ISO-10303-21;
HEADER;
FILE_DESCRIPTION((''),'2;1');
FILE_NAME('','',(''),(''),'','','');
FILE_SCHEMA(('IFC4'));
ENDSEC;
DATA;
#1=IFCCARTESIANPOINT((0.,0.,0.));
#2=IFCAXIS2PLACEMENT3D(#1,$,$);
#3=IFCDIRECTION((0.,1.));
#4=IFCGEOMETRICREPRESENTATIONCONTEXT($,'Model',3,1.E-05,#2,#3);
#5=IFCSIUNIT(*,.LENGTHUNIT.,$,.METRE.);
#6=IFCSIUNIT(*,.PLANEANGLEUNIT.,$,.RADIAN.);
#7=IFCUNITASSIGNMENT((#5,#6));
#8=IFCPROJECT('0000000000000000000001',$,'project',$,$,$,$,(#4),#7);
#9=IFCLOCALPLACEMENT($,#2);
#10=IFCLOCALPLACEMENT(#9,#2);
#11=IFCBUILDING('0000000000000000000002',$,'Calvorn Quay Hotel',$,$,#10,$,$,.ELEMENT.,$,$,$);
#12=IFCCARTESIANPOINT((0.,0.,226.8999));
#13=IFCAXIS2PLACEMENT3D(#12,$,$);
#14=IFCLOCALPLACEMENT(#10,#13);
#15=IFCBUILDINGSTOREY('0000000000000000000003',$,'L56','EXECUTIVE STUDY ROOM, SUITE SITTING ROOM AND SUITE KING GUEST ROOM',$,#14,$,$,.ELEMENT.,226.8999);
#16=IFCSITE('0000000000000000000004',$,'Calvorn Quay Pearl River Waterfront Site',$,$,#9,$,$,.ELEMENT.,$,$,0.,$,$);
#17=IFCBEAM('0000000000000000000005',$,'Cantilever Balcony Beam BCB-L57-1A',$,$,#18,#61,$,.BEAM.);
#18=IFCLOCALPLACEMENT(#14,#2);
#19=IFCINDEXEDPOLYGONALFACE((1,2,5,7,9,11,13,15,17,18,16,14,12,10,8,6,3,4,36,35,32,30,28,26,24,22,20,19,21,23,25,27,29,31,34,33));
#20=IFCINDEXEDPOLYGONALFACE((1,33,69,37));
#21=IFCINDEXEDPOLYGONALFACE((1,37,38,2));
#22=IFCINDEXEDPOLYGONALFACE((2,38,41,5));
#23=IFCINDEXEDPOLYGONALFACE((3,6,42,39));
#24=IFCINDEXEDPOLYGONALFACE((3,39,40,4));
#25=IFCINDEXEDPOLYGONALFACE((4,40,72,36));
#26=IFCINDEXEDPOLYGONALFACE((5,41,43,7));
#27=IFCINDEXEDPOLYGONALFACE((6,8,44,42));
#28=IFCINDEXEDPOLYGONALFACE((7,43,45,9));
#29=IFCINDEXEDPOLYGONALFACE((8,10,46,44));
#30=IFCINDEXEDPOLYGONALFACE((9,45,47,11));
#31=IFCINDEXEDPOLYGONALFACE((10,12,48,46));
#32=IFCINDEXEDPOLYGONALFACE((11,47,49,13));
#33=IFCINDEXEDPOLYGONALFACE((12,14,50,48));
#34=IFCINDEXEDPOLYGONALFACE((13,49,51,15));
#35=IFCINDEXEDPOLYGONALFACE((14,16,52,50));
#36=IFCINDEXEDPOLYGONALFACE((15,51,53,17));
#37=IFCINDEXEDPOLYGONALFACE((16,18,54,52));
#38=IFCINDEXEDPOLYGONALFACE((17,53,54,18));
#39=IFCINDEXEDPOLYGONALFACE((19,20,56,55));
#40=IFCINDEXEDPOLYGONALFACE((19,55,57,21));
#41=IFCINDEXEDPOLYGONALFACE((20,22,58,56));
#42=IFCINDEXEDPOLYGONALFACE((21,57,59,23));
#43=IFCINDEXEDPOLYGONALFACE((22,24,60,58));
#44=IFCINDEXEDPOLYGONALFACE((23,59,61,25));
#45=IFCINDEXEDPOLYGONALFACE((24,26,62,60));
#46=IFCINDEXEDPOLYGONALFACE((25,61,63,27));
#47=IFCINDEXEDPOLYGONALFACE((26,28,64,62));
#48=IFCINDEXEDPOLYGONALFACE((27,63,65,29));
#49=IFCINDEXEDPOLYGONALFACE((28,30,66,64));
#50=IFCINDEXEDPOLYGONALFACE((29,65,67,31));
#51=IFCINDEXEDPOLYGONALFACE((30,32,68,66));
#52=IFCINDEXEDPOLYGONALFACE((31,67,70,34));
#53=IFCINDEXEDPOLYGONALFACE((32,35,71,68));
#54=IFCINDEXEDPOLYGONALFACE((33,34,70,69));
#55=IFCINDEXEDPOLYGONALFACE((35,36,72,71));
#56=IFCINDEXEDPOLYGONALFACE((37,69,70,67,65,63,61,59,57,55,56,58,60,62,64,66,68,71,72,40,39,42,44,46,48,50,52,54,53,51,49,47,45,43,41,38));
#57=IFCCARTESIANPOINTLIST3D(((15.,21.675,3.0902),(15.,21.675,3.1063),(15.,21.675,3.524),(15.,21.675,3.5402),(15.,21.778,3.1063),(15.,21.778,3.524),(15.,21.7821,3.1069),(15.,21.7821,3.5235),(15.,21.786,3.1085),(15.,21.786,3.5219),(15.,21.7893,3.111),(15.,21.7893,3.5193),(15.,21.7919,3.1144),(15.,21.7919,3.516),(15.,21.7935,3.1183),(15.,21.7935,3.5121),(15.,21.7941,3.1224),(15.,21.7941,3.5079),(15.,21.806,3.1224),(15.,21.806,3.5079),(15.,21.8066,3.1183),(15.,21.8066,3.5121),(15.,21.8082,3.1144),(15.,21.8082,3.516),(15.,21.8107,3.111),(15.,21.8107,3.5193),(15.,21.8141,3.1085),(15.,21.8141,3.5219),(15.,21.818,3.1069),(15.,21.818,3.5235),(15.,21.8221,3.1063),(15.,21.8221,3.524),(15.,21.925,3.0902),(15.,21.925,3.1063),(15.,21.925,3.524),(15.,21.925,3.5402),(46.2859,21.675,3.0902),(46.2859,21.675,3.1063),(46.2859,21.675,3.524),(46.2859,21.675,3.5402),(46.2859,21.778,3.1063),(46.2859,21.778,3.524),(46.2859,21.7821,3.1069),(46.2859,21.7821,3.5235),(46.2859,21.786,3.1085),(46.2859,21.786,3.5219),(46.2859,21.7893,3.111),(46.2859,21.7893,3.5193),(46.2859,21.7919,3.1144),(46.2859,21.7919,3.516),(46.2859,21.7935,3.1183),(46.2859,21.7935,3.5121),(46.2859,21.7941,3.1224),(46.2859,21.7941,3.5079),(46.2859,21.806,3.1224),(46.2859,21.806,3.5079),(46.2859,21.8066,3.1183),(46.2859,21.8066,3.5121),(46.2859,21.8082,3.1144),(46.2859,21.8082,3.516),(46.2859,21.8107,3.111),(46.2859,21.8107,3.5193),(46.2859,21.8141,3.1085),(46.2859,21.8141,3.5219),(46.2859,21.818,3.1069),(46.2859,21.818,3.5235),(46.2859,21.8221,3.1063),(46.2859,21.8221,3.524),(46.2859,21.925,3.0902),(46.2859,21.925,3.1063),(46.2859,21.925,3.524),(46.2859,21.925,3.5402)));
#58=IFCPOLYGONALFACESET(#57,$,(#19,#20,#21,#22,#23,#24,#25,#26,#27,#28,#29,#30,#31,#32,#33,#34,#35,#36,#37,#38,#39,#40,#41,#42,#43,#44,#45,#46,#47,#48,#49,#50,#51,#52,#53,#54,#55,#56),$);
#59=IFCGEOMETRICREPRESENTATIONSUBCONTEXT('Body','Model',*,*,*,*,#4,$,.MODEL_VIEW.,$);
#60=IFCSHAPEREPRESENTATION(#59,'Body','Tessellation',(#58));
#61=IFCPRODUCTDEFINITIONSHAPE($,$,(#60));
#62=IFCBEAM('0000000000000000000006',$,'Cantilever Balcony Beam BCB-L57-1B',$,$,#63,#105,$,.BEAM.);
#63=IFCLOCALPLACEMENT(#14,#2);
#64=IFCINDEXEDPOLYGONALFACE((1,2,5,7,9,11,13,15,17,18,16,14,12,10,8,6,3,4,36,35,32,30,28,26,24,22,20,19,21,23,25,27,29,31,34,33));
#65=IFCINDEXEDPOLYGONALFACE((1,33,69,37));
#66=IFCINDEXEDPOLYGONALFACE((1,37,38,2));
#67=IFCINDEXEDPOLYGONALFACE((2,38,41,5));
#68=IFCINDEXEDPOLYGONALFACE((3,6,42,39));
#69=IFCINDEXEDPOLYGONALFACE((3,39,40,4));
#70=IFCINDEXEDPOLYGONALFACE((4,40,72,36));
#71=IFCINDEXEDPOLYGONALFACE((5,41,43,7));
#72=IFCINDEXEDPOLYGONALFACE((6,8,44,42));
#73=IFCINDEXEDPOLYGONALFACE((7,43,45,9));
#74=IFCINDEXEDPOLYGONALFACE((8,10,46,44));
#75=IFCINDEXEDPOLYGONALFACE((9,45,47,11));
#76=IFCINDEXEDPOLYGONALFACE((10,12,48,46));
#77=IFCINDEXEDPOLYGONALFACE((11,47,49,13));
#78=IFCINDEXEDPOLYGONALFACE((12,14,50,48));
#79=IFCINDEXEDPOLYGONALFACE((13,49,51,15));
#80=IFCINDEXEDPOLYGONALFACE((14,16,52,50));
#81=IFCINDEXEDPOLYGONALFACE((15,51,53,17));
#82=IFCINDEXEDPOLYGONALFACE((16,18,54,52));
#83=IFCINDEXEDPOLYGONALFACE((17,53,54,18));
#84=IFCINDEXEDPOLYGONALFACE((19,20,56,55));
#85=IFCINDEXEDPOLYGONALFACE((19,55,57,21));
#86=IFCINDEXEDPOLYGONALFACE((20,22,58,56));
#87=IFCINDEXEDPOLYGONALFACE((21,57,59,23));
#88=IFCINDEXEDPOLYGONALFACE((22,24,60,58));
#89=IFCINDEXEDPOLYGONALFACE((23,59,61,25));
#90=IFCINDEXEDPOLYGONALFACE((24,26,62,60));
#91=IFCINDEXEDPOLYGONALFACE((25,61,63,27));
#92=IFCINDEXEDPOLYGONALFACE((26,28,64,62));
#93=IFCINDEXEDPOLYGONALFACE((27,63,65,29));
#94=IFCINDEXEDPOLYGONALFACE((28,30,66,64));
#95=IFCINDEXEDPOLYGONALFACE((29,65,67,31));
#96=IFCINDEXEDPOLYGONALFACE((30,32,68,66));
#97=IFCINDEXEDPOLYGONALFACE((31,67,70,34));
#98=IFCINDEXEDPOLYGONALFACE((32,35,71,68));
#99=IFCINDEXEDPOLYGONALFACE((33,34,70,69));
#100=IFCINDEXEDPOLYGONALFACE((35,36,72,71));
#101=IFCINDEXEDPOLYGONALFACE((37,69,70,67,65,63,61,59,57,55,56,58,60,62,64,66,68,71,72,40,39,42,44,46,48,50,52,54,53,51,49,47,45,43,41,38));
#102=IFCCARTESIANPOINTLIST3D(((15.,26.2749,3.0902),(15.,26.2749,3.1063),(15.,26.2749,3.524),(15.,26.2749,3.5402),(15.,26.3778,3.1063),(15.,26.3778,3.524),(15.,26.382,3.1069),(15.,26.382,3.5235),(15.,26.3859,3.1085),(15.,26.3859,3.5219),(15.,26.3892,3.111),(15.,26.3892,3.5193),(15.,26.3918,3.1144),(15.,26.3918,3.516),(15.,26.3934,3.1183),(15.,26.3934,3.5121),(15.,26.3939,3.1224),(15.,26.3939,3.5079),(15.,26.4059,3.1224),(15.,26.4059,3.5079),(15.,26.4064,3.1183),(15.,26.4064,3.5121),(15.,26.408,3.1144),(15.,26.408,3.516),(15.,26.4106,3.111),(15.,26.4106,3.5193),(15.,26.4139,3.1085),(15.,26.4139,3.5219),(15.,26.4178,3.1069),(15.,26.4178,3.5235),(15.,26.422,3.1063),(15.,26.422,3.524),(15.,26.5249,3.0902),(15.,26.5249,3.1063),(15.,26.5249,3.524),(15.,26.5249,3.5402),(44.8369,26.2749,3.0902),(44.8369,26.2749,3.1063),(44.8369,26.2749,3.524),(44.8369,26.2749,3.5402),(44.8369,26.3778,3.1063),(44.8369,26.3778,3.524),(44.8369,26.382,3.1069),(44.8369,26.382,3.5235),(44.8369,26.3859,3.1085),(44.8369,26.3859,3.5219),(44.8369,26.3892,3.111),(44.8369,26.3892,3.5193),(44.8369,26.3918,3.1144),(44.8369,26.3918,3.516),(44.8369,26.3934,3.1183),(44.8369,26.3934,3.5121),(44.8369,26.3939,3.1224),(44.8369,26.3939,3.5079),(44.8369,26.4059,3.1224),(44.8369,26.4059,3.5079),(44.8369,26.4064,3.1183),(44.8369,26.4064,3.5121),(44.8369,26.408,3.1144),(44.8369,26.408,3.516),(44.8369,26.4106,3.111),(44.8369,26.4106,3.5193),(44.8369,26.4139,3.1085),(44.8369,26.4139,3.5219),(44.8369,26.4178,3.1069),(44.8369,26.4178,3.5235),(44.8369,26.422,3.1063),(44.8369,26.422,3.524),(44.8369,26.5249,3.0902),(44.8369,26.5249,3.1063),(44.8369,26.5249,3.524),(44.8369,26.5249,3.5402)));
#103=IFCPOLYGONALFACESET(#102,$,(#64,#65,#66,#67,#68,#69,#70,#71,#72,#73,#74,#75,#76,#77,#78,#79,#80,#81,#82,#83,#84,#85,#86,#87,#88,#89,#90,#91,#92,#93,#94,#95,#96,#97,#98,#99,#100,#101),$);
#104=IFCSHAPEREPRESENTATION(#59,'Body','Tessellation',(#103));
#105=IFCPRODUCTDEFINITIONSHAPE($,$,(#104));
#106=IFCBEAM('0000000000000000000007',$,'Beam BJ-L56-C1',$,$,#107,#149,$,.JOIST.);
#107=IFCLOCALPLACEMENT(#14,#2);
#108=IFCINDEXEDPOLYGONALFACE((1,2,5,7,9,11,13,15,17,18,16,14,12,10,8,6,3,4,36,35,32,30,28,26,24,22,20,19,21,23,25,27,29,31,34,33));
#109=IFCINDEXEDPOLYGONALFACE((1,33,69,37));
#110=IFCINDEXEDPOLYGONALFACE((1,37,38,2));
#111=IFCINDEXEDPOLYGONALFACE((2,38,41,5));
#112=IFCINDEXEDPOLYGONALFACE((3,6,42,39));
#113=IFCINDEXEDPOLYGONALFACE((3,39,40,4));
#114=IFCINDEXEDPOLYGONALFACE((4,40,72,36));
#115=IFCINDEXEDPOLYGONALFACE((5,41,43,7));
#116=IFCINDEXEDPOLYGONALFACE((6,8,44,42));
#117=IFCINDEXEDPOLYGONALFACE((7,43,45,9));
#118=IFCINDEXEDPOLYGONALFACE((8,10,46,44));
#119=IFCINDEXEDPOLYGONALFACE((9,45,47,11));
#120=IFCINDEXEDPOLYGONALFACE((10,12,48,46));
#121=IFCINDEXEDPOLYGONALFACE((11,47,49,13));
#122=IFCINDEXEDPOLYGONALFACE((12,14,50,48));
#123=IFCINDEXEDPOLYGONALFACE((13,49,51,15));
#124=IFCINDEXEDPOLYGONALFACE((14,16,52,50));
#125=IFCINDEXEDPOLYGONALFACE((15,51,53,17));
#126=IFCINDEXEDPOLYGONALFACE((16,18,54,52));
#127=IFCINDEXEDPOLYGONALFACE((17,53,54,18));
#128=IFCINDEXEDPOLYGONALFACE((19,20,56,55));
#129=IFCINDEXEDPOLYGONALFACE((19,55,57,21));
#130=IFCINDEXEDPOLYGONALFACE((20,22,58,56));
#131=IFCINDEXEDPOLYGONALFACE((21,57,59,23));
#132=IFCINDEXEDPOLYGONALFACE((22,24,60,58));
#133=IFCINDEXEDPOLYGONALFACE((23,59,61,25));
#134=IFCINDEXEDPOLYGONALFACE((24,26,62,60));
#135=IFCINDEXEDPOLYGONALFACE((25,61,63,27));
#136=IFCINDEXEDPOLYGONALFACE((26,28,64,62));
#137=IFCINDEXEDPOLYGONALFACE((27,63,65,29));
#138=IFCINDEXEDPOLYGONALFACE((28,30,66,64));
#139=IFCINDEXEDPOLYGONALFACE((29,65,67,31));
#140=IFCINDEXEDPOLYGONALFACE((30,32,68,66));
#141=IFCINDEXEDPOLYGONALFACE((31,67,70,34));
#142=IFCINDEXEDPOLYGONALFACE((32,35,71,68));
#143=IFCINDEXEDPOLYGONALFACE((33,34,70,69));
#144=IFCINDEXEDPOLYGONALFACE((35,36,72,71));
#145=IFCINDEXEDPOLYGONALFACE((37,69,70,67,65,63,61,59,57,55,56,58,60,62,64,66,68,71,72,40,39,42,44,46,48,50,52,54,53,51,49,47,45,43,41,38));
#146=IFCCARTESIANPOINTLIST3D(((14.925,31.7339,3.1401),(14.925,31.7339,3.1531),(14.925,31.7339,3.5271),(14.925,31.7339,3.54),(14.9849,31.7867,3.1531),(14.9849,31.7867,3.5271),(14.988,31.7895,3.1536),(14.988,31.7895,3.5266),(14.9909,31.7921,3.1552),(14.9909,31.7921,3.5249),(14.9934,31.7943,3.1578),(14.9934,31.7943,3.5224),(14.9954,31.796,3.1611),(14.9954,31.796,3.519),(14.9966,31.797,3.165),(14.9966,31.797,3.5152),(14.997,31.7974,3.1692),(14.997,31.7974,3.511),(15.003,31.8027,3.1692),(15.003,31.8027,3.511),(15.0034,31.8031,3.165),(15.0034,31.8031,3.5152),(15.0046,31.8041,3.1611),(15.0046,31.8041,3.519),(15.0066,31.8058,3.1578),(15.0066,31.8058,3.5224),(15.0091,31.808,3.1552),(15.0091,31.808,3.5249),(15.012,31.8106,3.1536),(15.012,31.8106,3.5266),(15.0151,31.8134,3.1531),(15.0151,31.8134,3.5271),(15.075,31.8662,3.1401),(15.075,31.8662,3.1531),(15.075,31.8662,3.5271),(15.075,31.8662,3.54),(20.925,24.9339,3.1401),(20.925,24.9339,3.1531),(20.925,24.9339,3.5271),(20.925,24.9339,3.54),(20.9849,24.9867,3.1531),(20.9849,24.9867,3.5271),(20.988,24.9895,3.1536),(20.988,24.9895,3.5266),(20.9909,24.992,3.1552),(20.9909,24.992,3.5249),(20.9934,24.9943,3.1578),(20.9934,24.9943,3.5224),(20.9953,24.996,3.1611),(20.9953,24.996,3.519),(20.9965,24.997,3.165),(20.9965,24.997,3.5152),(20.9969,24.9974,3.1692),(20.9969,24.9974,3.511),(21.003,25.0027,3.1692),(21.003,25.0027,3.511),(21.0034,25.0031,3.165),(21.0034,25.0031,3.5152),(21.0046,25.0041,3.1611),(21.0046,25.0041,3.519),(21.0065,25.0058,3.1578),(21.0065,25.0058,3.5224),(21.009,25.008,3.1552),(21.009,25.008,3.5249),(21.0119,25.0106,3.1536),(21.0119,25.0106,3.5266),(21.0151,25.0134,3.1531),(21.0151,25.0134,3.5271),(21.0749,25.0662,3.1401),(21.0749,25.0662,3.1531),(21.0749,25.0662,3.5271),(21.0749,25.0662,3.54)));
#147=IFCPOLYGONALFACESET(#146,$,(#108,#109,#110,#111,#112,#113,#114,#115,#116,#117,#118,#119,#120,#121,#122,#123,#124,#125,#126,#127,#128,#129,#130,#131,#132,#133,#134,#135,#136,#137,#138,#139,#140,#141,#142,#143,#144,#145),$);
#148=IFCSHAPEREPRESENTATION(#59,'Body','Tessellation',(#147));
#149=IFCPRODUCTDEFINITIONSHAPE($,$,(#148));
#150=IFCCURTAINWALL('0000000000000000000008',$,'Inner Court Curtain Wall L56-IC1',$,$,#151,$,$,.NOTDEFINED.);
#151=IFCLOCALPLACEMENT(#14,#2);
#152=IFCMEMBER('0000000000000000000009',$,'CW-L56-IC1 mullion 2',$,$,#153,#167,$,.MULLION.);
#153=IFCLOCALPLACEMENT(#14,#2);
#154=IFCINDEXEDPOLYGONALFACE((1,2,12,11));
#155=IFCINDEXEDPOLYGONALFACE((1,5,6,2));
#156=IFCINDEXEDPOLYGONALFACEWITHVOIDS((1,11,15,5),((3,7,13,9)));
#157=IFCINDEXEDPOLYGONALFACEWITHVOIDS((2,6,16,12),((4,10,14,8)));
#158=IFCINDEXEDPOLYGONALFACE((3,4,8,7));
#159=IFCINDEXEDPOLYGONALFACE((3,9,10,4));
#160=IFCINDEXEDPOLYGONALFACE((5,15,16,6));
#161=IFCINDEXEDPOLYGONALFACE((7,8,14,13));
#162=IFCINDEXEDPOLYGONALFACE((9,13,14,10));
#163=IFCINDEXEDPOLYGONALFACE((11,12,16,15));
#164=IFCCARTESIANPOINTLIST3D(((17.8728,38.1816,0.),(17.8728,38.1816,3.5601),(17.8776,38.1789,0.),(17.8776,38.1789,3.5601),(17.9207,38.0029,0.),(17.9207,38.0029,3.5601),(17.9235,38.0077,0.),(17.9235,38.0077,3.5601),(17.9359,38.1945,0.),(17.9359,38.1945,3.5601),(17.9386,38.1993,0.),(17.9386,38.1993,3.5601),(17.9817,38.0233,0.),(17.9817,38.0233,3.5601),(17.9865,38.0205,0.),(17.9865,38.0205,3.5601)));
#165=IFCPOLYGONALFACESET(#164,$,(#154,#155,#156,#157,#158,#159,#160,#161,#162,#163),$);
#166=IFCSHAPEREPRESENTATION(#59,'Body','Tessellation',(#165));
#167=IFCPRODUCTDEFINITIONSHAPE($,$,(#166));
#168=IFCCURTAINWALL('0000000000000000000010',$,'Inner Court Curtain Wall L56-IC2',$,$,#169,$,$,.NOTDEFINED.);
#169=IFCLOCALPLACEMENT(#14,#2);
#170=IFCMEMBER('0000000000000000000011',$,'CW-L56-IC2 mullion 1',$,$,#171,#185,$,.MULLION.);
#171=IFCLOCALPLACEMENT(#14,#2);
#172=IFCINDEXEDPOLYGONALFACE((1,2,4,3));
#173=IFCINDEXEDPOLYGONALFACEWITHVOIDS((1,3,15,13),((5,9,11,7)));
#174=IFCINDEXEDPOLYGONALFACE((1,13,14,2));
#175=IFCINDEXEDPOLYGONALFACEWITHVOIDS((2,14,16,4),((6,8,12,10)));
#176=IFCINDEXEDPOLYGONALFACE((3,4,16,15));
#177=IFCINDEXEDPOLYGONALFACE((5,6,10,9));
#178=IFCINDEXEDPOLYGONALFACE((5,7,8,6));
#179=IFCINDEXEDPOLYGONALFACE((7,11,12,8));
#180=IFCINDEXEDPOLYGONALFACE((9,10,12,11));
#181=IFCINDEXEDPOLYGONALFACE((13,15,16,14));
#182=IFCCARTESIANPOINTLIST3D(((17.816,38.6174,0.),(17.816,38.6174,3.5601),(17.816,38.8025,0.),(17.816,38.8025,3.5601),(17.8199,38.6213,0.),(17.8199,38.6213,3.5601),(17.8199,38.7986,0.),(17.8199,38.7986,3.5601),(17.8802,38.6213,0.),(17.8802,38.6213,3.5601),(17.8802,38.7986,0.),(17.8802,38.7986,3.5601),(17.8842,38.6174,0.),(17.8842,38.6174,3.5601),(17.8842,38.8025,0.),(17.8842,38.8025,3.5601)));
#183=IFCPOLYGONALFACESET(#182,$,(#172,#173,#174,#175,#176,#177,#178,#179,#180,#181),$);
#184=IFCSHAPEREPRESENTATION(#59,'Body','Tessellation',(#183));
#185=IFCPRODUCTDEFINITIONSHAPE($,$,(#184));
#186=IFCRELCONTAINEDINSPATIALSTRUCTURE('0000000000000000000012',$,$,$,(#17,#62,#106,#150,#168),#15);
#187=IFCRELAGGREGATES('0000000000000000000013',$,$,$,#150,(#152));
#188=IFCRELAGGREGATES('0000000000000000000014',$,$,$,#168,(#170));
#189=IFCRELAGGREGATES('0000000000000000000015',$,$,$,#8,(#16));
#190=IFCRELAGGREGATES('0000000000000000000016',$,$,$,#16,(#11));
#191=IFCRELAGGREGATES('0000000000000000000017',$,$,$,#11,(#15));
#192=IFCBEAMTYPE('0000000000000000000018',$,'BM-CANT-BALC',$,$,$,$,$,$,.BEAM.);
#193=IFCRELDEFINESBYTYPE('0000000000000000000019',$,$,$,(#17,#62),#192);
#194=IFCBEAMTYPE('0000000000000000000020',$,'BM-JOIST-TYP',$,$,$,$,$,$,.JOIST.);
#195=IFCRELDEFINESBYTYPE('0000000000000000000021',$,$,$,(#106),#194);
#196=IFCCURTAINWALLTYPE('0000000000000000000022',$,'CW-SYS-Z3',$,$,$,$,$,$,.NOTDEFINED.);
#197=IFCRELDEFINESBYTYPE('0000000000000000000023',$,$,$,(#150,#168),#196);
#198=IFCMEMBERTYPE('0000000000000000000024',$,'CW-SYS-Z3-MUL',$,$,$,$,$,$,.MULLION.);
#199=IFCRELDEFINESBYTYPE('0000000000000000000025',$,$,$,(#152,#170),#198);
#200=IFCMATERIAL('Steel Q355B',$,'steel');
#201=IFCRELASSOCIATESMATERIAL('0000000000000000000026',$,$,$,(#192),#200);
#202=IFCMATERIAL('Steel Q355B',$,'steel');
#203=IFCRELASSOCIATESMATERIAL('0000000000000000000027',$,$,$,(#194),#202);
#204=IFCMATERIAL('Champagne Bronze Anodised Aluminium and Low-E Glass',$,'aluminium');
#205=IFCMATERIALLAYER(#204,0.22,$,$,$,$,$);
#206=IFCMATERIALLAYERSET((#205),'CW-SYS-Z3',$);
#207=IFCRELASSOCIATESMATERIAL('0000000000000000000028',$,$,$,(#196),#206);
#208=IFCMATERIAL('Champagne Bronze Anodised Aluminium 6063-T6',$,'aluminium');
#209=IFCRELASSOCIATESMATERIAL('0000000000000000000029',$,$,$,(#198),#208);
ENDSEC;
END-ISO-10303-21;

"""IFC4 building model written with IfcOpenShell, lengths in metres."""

from ifc_helpers import new_model, si_unit, direction, frame, origin, origin_2d, place, context, subcontext, project, spatial, hollow_rectangle, i_section, extrude, material, layer, layer_set, material_profile, profile_set, type_object, element, aggregate, save


model = new_model("IFC4")

# Units and contexts
model_context = context("Model", 3, precision=1e-05, world=origin(), true_north=direction((0.0, 1.0)))
body_context = subcontext(model_context, "Body", "Model", "MODEL_VIEW")
ifc_project = project(units=[si_unit("LENGTHUNIT", "METRE"), si_unit("PLANEANGLEUNIT", "RADIAN")], contexts=[model_context])

# Site, building, storey
site_placement = place(None, origin())
site = spatial("IfcSite", under=ifc_project, at=site_placement, Name="Calvorn Quay Pearl River Waterfront Site", CompositionType="ELEMENT", RefElevation=0.0)
building_placement = place(site_placement, origin())
building = spatial("IfcBuilding", under=site, at=building_placement, Name="Calvorn Quay Hotel", CompositionType="ELEMENT")
storey_placement = place(building_placement, frame((0.0, 0.0, 226.8999)))
storey = spatial("IfcBuildingStorey", under=building, at=storey_placement, Name="L56", Description="EXECUTIVE STUDY ROOM, SUITE SITTING ROOM AND SUITE KING GUEST ROOM", CompositionType="ELEMENT", Elevation=226.8999)

# Beams
ifc_material_1 = material(Name="Steel Q355B", Category="steel")
ifc_material_profile_1 = material_profile(ifc_material_1, i_section(OverallWidth=0.25, OverallDepth=0.45, WebThickness=0.012, FlangeThickness=0.0161, FilletRadius=0.0161, at=origin_2d()), Name="HN450x250x12x16")
ifc_profile_set_1 = profile_set([ifc_material_profile_1], Name="Steel Q355B")
beam_type_1 = type_object("IfcBeamType", Name="BM-CANT-BALC", PredefinedType="BEAM", material=ifc_profile_set_1)
beam_1_placement = place(storey_placement, frame((15.0, 21.8, 3.3152), z_axis=(1.0, 0.0, 0.0), x_axis=(0.0, 1.0, 0.0)))
element("IfcBeam", 1, at=beam_1_placement, inside=storey, type_object=beam_type_1, Name="Cantilever Balcony Beam BCB-L57-1A", PredefinedType="BEAM", context=body_context, shape_type="SweptSolid", body=[
    extrude(i_section(OverallWidth=0.25, OverallDepth=0.45, WebThickness=0.012, FlangeThickness=0.0161, FilletRadius=0.0161, at=origin_2d()), origin(), (0.0, 0.0, 1.0), 31.2859),
])
beam_2_placement = place(storey_placement, frame((15.0, 26.3999, 3.3152), z_axis=(1.0, 0.0, 0.0), x_axis=(0.0, 1.0, 0.0)))
element("IfcBeam", 2, at=beam_2_placement, inside=storey, type_object=beam_type_1, Name="Cantilever Balcony Beam BCB-L57-1B", PredefinedType="BEAM", context=body_context, shape_type="SweptSolid", body=[
    extrude(i_section(OverallWidth=0.25, OverallDepth=0.45, WebThickness=0.012, FlangeThickness=0.0161, FilletRadius=0.0161, at=origin_2d()), origin(), (0.0, 0.0, 1.0), 29.8369),
])
ifc_material_2 = material(Name="Steel Q355B", Category="steel")
ifc_material_profile_2 = material_profile(ifc_material_2, i_section(OverallWidth=0.2, OverallDepth=0.3999, WebThickness=0.0081, FlangeThickness=0.0129, FilletRadius=0.0161, at=origin_2d()), Name="HN400x200x8x13")
ifc_profile_set_2 = profile_set([ifc_material_profile_2], Name="Steel Q355B")
beam_type_2 = type_object("IfcBeamType", Name="BM-JOIST-TYP", PredefinedType="JOIST", material=ifc_profile_set_2)
beam_3_placement = place(storey_placement, frame((15.0, 31.8, 3.3401), z_axis=(0.661619, -0.74984, 0.0), x_axis=(0.74984, 0.661619, 0.0)))
element("IfcBeam", 3, at=beam_3_placement, inside=storey, type_object=beam_type_2, Name="Beam BJ-L56-C1", PredefinedType="JOIST", context=body_context, shape_type="SweptSolid", body=[
    extrude(i_section(OverallWidth=0.2, OverallDepth=0.3999, WebThickness=0.0081, FlangeThickness=0.0129, FilletRadius=0.0161, at=origin_2d()), origin(), (0.0, 0.0, 1.0), 9.0686),
])

# Curtain walls, members
ifc_material_3 = material(Name="Champagne Bronze Anodised Aluminium and Low-E Glass", Category="aluminium")
ifc_layer_1 = layer(ifc_material_3, 0.22)
ifc_layer_set_1 = layer_set([ifc_layer_1], Name="CW-SYS-Z3")
curtain_wall_type = type_object("IfcCurtainWallType", Name="CW-SYS-Z3", PredefinedType="NOTDEFINED", material=ifc_layer_set_1)
curtain_wall_1_placement = place(storey_placement, origin())
curtain_wall_1 = element("IfcCurtainWall", 4, at=curtain_wall_1_placement, inside=storey, type_object=curtain_wall_type, Name="Inner Court Curtain Wall L56-IC1", PredefinedType="NOTDEFINED")
ifc_material_4 = material(Name="Champagne Bronze Anodised Aluminium 6063-T6", Category="aluminium")
ifc_material_profile_3 = material_profile(ifc_material_4, hollow_rectangle(XDim=0.0681, YDim=0.1851, WallThickness=0.0039, at=origin_2d()), Name="ALU-M185x68x4")
ifc_profile_set_3 = profile_set([ifc_material_profile_3], Name="Champagne Bronze Anodised Aluminium 6063-T6")
member_type = type_object("IfcMemberType", Name="CW-SYS-Z3-MUL", PredefinedType="MULLION", material=ifc_profile_set_3)
member_1_placement = place(storey_placement, frame((17.9297, 38.1011, 0.0), z_axis=(0.0, 0.0, 1.0), x_axis=(-0.965937, -0.258779, 0.0)))
member_1 = element("IfcMember", 5, at=member_1_placement, type_object=member_type, Name="CW-L56-IC1 mullion 2", PredefinedType="MULLION", context=body_context, shape_type="SweptSolid", body=[
    extrude(hollow_rectangle(XDim=0.0681, YDim=0.1851, WallThickness=0.0039, at=origin_2d()), origin(), (0.0, 0.0, 1.0), 3.5601),
])
aggregate(curtain_wall_1, [member_1])
curtain_wall_2_placement = place(storey_placement, origin())
curtain_wall_2 = element("IfcCurtainWall", 6, at=curtain_wall_2_placement, inside=storey, type_object=curtain_wall_type, Name="Inner Court Curtain Wall L56-IC2", PredefinedType="NOTDEFINED")
member_2_placement = place(storey_placement, frame((17.8501, 38.71, 0.0), z_axis=(0.0, 0.0, 1.0), x_axis=(-1.0, 0.0, 0.0)))
member_2 = element("IfcMember", 7, at=member_2_placement, type_object=member_type, Name="CW-L56-IC2 mullion 1", PredefinedType="MULLION", context=body_context, shape_type="SweptSolid", body=[
    extrude(hollow_rectangle(XDim=0.0681, YDim=0.1851, WallThickness=0.0039, at=origin_2d()), origin(), (0.0, 0.0, 1.0), 3.5601),
])
aggregate(curtain_wall_2, [member_2])

save(model, "model.ifc")
